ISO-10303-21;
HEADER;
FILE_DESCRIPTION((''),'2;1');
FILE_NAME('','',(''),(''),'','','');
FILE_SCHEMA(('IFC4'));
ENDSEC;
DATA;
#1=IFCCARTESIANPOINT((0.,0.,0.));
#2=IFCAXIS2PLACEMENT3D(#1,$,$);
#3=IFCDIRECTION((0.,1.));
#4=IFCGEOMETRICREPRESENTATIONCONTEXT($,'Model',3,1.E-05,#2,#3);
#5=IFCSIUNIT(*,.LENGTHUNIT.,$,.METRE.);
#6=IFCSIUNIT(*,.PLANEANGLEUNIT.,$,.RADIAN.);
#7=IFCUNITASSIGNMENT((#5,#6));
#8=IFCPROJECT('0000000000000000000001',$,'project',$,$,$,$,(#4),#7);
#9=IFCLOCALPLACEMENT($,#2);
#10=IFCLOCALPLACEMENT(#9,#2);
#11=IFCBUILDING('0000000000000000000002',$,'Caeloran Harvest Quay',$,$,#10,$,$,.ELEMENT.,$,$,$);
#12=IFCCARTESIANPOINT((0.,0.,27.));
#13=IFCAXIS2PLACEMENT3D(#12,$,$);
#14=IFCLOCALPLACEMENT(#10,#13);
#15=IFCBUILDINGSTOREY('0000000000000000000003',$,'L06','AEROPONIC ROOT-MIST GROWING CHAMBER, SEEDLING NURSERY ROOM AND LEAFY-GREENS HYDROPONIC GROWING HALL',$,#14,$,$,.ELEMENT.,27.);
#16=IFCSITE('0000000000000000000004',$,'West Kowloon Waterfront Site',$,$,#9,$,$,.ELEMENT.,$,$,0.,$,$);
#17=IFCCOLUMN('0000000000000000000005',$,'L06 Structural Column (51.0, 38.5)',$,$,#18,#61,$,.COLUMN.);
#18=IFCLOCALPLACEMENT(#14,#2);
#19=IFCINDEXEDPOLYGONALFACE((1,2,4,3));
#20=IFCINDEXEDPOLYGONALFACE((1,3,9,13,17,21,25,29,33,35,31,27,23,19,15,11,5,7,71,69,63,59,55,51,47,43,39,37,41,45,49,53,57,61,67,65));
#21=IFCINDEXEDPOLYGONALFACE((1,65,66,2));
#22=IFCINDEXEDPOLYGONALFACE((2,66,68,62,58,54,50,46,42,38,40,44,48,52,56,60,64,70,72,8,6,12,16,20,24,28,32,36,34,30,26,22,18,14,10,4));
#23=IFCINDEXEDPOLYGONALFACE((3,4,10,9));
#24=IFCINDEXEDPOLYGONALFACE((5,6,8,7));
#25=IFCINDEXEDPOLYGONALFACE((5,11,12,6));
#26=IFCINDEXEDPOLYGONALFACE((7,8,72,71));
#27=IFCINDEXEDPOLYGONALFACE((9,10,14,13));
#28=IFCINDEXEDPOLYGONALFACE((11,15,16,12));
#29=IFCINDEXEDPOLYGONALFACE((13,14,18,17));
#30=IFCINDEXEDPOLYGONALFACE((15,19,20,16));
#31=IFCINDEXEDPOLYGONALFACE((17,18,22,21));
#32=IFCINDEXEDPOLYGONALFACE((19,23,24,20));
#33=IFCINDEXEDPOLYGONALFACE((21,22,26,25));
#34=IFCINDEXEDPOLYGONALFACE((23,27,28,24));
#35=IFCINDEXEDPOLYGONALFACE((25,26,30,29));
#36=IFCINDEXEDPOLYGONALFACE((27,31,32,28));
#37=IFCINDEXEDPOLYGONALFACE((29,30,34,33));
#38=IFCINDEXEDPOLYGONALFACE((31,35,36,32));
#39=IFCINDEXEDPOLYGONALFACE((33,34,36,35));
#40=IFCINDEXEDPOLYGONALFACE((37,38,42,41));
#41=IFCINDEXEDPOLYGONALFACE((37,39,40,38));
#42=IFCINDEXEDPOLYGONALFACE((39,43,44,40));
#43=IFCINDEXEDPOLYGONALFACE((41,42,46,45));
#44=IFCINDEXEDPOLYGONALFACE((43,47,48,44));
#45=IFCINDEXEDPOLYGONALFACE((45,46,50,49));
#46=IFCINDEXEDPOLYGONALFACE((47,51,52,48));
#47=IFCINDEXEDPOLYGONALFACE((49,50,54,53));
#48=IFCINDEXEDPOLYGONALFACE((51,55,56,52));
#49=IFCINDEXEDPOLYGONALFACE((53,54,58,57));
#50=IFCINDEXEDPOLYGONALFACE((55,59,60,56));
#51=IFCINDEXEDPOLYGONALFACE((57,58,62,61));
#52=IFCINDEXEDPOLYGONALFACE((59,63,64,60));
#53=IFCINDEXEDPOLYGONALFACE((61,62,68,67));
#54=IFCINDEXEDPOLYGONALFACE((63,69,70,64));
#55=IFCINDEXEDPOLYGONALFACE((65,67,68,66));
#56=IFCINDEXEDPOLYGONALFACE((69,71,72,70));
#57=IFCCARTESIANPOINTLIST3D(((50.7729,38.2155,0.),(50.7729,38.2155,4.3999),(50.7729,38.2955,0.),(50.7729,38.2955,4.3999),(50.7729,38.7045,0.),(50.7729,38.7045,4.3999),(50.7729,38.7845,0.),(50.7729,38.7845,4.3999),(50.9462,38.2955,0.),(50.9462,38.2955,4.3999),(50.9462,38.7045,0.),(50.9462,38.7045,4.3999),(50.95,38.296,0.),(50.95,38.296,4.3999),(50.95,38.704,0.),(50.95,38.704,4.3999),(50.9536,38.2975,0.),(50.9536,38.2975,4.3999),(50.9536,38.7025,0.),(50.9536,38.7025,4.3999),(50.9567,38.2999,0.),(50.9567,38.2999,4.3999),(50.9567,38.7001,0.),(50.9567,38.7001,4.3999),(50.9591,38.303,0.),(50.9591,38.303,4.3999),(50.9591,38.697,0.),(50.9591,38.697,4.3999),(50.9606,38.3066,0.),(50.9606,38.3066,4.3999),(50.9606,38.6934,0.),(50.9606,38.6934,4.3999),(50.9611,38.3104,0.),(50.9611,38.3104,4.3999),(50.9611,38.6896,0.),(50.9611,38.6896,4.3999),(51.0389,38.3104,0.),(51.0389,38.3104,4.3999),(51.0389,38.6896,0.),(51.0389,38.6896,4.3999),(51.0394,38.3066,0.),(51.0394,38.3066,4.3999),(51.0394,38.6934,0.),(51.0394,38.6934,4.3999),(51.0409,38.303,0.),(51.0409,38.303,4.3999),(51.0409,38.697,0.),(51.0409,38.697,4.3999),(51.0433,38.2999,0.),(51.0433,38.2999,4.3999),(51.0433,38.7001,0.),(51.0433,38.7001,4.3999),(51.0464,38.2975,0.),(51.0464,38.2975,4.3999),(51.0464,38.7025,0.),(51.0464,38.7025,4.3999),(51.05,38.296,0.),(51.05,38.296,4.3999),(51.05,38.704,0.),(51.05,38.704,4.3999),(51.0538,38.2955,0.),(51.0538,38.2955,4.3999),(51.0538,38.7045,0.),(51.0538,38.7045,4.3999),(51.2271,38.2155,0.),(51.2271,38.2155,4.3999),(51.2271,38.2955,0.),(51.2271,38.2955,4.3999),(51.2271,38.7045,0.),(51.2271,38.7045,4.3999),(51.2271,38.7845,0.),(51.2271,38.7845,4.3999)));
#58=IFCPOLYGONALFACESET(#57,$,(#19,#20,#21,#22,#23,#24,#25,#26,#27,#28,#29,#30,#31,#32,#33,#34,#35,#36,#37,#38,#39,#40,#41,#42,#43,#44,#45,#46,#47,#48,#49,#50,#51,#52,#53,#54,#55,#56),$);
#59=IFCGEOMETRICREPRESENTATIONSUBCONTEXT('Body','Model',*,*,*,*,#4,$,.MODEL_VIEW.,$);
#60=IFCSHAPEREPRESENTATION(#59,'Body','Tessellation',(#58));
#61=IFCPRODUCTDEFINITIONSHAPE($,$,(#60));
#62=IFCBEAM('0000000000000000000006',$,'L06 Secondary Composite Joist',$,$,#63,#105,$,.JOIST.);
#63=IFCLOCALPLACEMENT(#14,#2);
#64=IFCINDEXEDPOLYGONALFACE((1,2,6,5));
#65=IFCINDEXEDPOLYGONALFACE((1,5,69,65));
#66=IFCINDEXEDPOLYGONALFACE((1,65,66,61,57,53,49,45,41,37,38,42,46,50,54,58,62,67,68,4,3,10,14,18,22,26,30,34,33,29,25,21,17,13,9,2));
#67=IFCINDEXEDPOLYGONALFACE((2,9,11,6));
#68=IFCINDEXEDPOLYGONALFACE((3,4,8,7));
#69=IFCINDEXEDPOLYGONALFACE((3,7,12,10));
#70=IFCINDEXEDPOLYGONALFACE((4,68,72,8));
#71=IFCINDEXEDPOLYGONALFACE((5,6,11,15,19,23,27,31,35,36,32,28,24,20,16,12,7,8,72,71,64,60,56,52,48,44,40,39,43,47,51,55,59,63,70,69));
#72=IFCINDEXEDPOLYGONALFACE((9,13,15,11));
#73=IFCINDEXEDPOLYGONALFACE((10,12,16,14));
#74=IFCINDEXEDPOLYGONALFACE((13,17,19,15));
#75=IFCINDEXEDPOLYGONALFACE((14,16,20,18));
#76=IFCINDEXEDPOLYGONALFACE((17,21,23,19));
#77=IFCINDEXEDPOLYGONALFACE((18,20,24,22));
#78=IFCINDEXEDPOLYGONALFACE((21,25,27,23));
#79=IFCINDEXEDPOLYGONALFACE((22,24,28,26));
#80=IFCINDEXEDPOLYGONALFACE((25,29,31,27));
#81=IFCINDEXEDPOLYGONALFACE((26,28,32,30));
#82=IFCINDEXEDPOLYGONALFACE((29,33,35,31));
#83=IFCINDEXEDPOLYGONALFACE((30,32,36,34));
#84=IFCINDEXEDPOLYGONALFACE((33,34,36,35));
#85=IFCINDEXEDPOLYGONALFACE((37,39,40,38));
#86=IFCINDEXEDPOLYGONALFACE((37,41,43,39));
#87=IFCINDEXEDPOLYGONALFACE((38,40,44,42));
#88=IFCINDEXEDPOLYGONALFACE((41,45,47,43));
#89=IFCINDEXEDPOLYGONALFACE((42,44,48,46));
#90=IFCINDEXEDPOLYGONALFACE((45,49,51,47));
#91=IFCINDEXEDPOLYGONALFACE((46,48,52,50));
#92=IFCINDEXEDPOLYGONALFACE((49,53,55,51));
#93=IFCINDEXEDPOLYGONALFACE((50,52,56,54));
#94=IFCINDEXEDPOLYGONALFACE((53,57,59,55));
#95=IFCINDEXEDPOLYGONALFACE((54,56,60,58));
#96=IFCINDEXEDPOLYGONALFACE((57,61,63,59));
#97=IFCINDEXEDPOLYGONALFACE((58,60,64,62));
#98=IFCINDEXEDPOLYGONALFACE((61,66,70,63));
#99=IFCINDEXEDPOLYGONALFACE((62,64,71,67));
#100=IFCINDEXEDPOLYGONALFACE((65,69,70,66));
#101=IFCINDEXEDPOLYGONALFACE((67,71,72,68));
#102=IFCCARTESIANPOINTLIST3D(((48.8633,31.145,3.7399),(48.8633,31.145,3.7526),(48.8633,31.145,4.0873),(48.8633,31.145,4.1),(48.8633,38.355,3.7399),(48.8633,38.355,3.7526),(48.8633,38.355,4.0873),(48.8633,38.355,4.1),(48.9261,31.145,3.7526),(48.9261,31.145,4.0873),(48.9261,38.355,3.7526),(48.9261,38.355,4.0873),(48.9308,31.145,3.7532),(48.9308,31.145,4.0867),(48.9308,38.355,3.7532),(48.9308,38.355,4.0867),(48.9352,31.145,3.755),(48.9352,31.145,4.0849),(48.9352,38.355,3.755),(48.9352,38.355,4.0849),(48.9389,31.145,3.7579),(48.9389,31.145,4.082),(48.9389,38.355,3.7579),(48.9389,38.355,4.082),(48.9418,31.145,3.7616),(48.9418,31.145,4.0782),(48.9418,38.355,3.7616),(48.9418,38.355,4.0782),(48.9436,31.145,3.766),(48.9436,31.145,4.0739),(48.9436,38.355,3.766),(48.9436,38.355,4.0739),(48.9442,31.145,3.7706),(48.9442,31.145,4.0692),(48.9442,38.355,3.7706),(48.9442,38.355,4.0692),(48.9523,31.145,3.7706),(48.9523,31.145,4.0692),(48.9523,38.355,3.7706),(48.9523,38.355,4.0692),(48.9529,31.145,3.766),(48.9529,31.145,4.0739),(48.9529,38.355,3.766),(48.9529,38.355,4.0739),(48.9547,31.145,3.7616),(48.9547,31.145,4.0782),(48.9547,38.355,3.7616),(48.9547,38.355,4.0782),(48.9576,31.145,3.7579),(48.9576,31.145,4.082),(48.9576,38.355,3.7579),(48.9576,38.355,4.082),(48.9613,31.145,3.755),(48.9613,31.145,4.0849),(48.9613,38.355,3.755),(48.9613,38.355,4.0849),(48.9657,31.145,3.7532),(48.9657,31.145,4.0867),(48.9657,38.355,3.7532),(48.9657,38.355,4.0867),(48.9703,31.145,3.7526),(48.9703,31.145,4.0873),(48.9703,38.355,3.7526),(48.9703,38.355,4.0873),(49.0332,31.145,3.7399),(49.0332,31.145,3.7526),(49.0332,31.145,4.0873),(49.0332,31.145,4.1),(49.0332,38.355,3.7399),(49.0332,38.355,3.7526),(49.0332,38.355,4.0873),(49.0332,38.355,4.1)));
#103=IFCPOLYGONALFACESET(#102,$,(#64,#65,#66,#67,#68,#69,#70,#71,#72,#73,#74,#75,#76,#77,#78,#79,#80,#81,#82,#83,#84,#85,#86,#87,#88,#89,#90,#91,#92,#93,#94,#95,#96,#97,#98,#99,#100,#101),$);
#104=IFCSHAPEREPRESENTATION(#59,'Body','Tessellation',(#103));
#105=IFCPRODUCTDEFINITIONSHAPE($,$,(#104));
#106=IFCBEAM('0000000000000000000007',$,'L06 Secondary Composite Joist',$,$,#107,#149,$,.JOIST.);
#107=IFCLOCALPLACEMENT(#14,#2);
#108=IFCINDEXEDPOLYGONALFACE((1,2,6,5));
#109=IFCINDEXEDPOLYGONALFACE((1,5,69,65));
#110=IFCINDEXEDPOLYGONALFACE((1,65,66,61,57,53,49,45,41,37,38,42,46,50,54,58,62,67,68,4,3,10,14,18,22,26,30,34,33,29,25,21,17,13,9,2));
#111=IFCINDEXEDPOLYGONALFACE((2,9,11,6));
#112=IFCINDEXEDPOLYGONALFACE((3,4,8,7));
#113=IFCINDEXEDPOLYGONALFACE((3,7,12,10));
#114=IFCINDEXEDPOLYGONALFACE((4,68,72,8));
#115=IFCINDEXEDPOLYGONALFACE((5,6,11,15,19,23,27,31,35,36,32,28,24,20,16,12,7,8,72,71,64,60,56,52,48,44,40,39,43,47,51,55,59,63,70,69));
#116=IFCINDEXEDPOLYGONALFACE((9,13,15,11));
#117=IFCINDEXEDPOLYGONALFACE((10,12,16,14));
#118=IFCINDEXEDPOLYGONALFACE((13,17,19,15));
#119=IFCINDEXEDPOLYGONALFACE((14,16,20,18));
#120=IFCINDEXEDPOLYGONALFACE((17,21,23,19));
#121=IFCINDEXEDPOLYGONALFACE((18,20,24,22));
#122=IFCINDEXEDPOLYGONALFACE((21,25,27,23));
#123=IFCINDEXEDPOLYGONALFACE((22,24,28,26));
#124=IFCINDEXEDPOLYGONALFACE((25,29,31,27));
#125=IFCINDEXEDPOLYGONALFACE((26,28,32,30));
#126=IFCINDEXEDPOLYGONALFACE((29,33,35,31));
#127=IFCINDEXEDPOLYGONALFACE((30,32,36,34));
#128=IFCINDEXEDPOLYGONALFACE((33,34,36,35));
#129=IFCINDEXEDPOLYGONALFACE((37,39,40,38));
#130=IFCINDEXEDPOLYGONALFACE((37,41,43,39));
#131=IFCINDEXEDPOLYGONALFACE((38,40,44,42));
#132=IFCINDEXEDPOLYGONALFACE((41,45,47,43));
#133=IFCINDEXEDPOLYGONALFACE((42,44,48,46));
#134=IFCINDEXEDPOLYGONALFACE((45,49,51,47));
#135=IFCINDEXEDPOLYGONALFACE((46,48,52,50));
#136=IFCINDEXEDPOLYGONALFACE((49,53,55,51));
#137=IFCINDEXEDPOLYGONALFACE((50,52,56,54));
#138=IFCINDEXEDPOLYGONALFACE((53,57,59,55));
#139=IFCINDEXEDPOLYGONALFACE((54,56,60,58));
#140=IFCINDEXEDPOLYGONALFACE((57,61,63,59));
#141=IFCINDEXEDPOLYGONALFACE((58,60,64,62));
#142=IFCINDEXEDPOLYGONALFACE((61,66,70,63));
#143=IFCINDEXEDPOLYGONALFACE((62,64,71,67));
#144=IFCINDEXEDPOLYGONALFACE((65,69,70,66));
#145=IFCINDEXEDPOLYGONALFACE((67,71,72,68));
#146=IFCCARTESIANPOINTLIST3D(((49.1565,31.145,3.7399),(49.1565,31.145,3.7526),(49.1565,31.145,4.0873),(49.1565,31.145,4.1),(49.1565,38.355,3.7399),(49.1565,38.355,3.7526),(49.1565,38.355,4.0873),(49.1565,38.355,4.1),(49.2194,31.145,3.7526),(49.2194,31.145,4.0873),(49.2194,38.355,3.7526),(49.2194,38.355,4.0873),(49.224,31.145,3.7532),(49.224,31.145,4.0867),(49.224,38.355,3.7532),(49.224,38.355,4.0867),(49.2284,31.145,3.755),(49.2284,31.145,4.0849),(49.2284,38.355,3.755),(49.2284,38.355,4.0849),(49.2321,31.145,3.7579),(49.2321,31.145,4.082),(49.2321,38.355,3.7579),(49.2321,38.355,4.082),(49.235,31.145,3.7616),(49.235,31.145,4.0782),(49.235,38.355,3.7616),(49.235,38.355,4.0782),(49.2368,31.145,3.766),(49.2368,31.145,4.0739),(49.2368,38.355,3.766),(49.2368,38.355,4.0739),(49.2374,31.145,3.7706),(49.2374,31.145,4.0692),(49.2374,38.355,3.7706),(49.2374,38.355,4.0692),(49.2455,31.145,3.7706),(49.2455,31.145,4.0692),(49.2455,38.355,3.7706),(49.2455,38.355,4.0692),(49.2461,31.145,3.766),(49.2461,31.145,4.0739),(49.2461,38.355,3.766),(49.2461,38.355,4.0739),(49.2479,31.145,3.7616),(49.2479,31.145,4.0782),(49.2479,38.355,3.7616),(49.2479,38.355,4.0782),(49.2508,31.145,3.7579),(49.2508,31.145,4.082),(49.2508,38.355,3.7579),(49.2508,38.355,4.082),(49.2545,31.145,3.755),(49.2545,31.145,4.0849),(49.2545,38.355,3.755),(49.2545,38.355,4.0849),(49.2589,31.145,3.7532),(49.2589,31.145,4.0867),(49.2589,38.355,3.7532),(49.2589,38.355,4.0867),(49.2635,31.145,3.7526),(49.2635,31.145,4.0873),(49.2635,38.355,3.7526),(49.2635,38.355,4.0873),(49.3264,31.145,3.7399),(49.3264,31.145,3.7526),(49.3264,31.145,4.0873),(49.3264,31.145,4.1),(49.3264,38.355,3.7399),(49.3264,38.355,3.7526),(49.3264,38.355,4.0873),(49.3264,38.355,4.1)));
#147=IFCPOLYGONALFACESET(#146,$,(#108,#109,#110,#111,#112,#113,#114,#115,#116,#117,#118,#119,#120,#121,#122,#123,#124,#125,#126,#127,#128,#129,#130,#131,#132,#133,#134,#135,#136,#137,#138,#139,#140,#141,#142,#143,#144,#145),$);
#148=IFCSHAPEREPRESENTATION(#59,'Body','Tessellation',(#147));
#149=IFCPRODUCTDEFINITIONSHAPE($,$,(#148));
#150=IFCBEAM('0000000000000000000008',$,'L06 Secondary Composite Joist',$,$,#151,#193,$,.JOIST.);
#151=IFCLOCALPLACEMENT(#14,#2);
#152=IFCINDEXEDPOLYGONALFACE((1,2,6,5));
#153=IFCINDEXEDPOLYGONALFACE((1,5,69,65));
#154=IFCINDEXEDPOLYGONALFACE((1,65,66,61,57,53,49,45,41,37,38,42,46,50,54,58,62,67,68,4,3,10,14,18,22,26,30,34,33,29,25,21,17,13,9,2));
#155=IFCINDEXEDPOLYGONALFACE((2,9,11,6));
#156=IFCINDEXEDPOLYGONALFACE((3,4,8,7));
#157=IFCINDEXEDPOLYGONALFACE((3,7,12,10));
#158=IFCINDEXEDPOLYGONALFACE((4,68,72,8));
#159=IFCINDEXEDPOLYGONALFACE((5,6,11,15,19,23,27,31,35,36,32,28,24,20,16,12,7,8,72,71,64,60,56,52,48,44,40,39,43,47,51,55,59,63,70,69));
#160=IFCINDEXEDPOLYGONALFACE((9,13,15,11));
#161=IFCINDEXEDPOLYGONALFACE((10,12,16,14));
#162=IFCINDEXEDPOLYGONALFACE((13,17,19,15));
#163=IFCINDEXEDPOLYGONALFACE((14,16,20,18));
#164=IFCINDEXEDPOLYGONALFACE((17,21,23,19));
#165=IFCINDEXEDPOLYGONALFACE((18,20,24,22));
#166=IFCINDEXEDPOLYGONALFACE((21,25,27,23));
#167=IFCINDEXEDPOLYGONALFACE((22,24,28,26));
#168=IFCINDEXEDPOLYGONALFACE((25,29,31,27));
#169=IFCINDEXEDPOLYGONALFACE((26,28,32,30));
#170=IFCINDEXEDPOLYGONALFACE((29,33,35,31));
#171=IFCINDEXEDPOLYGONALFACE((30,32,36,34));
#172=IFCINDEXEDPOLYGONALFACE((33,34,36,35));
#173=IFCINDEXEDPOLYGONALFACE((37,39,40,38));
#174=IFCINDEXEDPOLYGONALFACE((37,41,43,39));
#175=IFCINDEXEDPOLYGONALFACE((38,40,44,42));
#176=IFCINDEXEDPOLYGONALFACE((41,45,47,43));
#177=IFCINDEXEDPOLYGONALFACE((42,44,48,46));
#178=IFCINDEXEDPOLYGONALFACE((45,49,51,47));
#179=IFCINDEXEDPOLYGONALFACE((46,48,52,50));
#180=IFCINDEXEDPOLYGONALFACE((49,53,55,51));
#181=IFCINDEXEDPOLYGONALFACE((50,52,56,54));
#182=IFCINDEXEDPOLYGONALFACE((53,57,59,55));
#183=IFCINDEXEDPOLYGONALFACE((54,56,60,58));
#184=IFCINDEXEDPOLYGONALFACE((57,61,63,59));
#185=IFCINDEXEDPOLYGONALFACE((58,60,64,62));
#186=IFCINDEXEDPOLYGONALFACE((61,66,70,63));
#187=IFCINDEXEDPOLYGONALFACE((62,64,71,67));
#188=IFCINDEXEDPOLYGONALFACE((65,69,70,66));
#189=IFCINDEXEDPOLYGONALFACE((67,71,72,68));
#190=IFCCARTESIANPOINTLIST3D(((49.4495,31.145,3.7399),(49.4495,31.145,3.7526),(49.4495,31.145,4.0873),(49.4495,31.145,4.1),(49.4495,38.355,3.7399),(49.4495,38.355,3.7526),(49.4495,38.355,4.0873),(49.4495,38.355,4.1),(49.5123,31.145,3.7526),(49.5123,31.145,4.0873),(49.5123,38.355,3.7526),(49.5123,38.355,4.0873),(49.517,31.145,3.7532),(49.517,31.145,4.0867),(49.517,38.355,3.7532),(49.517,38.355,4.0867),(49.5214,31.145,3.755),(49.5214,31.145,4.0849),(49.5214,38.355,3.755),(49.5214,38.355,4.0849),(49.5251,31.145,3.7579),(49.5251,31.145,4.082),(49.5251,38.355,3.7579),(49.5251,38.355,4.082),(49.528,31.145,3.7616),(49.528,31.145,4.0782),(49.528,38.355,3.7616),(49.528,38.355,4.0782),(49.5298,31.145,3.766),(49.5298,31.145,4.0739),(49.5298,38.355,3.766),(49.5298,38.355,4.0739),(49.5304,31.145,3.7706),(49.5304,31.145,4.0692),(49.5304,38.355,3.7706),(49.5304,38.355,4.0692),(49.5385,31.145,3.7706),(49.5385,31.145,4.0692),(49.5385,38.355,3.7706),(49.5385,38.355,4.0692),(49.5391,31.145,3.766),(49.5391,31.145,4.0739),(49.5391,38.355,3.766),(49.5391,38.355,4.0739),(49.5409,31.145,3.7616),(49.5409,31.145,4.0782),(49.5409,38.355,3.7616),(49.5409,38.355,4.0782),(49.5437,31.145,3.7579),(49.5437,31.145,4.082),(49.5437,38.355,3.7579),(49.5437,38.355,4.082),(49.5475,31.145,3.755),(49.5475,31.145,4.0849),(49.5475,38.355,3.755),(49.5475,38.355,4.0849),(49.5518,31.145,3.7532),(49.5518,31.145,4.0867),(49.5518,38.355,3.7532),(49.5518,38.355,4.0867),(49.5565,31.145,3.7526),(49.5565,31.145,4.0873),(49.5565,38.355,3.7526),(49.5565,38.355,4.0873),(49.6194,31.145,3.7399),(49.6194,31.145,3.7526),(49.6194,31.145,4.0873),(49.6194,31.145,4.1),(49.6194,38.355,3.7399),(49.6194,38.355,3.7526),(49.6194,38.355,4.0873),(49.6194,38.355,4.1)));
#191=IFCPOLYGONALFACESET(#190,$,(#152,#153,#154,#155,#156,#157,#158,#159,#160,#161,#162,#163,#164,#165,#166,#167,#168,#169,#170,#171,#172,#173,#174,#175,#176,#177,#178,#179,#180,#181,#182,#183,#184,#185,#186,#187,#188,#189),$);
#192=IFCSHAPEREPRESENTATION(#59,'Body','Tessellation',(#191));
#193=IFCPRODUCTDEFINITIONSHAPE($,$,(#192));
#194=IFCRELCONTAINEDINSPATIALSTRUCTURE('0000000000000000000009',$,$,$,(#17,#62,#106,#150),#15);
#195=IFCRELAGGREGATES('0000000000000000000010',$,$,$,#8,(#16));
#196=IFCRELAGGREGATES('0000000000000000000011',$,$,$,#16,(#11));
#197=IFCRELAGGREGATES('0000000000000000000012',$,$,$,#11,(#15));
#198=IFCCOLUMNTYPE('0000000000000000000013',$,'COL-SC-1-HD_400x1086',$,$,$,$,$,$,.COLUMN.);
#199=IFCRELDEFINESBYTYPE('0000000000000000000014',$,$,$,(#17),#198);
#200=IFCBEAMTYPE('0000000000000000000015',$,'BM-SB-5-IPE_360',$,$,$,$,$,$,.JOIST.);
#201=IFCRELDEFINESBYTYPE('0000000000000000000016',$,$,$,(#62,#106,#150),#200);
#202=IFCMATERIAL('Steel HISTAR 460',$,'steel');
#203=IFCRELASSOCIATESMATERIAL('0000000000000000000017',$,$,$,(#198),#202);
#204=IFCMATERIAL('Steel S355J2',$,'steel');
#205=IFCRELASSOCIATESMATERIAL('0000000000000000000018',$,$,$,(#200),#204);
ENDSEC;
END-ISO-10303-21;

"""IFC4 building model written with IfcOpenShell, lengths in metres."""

from ifc_helpers import new_model, si_unit, direction, frame, origin, origin_2d, place, context, subcontext, project, spatial, i_section, extrude, material, material_profile, profile_set, type_object, element, save


model = new_model("IFC4")

# Units and contexts
model_context = context("Model", 3, precision=1e-05, world=origin(), true_north=direction((0.0, 1.0)))
body_context = subcontext(model_context, "Body", "Model", "MODEL_VIEW")
ifc_project = project(units=[si_unit("LENGTHUNIT", "METRE"), si_unit("PLANEANGLEUNIT", "RADIAN")], contexts=[model_context])

# Site, building, storey
site_placement = place(None, origin())
site = spatial("IfcSite", under=ifc_project, at=site_placement, Name="West Kowloon Waterfront Site", CompositionType="ELEMENT", RefElevation=0.0)
building_placement = place(site_placement, origin())
building = spatial("IfcBuilding", under=site, at=building_placement, Name="Caeloran Harvest Quay", CompositionType="ELEMENT")
storey_placement = place(building_placement, frame((0.0, 0.0, 27.0)))
storey = spatial("IfcBuildingStorey", under=building, at=storey_placement, Name="L06", Description="AEROPONIC ROOT-MIST GROWING CHAMBER, SEEDLING NURSERY ROOM AND LEAFY-GREENS HYDROPONIC GROWING HALL", CompositionType="ELEMENT", Elevation=27.0)

# Column
ifc_material_1 = material(Name="Steel HISTAR 460", Category="steel")
ifc_material_profile_1 = material_profile(ifc_material_1, i_section(OverallWidth=0.4541, OverallDepth=0.5691, WebThickness=0.0779, FlangeThickness=0.0801, FilletRadius=0.0149, at=origin_2d()), Name="HD 400x1086")
ifc_profile_set_1 = profile_set([ifc_material_profile_1], Name="Steel HISTAR 460")
column_type = type_object("IfcColumnType", Name="COL-SC-1-HD_400x1086", PredefinedType="COLUMN", material=ifc_profile_set_1)
column_placement = place(storey_placement, frame((51.0, 38.5, 0.0), z_axis=(0.0, 0.0, 1.0), x_axis=(1.0, 0.0, 0.0)))
element("IfcColumn", 1, at=column_placement, inside=storey, type_object=column_type, Name="L06 Structural Column (51.0, 38.5)", PredefinedType="COLUMN", context=body_context, shape_type="SweptSolid", body=[
    extrude(i_section(OverallWidth=0.4541, OverallDepth=0.5691, WebThickness=0.0779, FlangeThickness=0.0801, FilletRadius=0.0149, at=origin_2d()), origin(), (0.0, 0.0, 1.0), 4.3999),
])

# Beams
ifc_material_2 = material(Name="Steel S355J2", Category="steel")
ifc_material_profile_2 = material_profile(ifc_material_2, i_section(OverallWidth=0.1699, OverallDepth=0.3601, WebThickness=0.0081, FlangeThickness=0.0127, FilletRadius=0.0181, at=origin_2d()), Name="IPE 360")
ifc_profile_set_2 = profile_set([ifc_material_profile_2], Name="Steel S355J2")
beam_type_1 = type_object("IfcBeamType", Name="BM-SB-5-IPE_360", PredefinedType="JOIST", material=ifc_profile_set_2)
for number, where, z_axis, x_axis, name in (
    (2, (48.9482, 31.145, 3.9199), (0.0, 1.0, 0.0), (-1.0, 0.0, 0.0), "L06 Secondary Composite Joist"),
    (3, (49.2415, 31.145, 3.9199), (0.0, 1.0, 0.0), (-1.0, 0.0, 0.0), "L06 Secondary Composite Joist"),
    (4, (49.5344, 31.145, 3.9199), (0.0, 1.0, 0.0), (-1.0, 0.0, 0.0), "L06 Secondary Composite Joist"),
):
    element("IfcBeam", number, at=place(storey_placement, frame(where, z_axis=z_axis, x_axis=x_axis)), inside=storey, type_object=beam_type_1, Name=name, PredefinedType="JOIST", context=body_context, shape_type="SweptSolid", body=[
        extrude(i_section(OverallWidth=0.1699, OverallDepth=0.3601, WebThickness=0.0081, FlangeThickness=0.0127, FilletRadius=0.0181, at=origin_2d()), origin(), (0.0, 0.0, 1.0), 7.21),
    ])

save(model, "model.ifc")
